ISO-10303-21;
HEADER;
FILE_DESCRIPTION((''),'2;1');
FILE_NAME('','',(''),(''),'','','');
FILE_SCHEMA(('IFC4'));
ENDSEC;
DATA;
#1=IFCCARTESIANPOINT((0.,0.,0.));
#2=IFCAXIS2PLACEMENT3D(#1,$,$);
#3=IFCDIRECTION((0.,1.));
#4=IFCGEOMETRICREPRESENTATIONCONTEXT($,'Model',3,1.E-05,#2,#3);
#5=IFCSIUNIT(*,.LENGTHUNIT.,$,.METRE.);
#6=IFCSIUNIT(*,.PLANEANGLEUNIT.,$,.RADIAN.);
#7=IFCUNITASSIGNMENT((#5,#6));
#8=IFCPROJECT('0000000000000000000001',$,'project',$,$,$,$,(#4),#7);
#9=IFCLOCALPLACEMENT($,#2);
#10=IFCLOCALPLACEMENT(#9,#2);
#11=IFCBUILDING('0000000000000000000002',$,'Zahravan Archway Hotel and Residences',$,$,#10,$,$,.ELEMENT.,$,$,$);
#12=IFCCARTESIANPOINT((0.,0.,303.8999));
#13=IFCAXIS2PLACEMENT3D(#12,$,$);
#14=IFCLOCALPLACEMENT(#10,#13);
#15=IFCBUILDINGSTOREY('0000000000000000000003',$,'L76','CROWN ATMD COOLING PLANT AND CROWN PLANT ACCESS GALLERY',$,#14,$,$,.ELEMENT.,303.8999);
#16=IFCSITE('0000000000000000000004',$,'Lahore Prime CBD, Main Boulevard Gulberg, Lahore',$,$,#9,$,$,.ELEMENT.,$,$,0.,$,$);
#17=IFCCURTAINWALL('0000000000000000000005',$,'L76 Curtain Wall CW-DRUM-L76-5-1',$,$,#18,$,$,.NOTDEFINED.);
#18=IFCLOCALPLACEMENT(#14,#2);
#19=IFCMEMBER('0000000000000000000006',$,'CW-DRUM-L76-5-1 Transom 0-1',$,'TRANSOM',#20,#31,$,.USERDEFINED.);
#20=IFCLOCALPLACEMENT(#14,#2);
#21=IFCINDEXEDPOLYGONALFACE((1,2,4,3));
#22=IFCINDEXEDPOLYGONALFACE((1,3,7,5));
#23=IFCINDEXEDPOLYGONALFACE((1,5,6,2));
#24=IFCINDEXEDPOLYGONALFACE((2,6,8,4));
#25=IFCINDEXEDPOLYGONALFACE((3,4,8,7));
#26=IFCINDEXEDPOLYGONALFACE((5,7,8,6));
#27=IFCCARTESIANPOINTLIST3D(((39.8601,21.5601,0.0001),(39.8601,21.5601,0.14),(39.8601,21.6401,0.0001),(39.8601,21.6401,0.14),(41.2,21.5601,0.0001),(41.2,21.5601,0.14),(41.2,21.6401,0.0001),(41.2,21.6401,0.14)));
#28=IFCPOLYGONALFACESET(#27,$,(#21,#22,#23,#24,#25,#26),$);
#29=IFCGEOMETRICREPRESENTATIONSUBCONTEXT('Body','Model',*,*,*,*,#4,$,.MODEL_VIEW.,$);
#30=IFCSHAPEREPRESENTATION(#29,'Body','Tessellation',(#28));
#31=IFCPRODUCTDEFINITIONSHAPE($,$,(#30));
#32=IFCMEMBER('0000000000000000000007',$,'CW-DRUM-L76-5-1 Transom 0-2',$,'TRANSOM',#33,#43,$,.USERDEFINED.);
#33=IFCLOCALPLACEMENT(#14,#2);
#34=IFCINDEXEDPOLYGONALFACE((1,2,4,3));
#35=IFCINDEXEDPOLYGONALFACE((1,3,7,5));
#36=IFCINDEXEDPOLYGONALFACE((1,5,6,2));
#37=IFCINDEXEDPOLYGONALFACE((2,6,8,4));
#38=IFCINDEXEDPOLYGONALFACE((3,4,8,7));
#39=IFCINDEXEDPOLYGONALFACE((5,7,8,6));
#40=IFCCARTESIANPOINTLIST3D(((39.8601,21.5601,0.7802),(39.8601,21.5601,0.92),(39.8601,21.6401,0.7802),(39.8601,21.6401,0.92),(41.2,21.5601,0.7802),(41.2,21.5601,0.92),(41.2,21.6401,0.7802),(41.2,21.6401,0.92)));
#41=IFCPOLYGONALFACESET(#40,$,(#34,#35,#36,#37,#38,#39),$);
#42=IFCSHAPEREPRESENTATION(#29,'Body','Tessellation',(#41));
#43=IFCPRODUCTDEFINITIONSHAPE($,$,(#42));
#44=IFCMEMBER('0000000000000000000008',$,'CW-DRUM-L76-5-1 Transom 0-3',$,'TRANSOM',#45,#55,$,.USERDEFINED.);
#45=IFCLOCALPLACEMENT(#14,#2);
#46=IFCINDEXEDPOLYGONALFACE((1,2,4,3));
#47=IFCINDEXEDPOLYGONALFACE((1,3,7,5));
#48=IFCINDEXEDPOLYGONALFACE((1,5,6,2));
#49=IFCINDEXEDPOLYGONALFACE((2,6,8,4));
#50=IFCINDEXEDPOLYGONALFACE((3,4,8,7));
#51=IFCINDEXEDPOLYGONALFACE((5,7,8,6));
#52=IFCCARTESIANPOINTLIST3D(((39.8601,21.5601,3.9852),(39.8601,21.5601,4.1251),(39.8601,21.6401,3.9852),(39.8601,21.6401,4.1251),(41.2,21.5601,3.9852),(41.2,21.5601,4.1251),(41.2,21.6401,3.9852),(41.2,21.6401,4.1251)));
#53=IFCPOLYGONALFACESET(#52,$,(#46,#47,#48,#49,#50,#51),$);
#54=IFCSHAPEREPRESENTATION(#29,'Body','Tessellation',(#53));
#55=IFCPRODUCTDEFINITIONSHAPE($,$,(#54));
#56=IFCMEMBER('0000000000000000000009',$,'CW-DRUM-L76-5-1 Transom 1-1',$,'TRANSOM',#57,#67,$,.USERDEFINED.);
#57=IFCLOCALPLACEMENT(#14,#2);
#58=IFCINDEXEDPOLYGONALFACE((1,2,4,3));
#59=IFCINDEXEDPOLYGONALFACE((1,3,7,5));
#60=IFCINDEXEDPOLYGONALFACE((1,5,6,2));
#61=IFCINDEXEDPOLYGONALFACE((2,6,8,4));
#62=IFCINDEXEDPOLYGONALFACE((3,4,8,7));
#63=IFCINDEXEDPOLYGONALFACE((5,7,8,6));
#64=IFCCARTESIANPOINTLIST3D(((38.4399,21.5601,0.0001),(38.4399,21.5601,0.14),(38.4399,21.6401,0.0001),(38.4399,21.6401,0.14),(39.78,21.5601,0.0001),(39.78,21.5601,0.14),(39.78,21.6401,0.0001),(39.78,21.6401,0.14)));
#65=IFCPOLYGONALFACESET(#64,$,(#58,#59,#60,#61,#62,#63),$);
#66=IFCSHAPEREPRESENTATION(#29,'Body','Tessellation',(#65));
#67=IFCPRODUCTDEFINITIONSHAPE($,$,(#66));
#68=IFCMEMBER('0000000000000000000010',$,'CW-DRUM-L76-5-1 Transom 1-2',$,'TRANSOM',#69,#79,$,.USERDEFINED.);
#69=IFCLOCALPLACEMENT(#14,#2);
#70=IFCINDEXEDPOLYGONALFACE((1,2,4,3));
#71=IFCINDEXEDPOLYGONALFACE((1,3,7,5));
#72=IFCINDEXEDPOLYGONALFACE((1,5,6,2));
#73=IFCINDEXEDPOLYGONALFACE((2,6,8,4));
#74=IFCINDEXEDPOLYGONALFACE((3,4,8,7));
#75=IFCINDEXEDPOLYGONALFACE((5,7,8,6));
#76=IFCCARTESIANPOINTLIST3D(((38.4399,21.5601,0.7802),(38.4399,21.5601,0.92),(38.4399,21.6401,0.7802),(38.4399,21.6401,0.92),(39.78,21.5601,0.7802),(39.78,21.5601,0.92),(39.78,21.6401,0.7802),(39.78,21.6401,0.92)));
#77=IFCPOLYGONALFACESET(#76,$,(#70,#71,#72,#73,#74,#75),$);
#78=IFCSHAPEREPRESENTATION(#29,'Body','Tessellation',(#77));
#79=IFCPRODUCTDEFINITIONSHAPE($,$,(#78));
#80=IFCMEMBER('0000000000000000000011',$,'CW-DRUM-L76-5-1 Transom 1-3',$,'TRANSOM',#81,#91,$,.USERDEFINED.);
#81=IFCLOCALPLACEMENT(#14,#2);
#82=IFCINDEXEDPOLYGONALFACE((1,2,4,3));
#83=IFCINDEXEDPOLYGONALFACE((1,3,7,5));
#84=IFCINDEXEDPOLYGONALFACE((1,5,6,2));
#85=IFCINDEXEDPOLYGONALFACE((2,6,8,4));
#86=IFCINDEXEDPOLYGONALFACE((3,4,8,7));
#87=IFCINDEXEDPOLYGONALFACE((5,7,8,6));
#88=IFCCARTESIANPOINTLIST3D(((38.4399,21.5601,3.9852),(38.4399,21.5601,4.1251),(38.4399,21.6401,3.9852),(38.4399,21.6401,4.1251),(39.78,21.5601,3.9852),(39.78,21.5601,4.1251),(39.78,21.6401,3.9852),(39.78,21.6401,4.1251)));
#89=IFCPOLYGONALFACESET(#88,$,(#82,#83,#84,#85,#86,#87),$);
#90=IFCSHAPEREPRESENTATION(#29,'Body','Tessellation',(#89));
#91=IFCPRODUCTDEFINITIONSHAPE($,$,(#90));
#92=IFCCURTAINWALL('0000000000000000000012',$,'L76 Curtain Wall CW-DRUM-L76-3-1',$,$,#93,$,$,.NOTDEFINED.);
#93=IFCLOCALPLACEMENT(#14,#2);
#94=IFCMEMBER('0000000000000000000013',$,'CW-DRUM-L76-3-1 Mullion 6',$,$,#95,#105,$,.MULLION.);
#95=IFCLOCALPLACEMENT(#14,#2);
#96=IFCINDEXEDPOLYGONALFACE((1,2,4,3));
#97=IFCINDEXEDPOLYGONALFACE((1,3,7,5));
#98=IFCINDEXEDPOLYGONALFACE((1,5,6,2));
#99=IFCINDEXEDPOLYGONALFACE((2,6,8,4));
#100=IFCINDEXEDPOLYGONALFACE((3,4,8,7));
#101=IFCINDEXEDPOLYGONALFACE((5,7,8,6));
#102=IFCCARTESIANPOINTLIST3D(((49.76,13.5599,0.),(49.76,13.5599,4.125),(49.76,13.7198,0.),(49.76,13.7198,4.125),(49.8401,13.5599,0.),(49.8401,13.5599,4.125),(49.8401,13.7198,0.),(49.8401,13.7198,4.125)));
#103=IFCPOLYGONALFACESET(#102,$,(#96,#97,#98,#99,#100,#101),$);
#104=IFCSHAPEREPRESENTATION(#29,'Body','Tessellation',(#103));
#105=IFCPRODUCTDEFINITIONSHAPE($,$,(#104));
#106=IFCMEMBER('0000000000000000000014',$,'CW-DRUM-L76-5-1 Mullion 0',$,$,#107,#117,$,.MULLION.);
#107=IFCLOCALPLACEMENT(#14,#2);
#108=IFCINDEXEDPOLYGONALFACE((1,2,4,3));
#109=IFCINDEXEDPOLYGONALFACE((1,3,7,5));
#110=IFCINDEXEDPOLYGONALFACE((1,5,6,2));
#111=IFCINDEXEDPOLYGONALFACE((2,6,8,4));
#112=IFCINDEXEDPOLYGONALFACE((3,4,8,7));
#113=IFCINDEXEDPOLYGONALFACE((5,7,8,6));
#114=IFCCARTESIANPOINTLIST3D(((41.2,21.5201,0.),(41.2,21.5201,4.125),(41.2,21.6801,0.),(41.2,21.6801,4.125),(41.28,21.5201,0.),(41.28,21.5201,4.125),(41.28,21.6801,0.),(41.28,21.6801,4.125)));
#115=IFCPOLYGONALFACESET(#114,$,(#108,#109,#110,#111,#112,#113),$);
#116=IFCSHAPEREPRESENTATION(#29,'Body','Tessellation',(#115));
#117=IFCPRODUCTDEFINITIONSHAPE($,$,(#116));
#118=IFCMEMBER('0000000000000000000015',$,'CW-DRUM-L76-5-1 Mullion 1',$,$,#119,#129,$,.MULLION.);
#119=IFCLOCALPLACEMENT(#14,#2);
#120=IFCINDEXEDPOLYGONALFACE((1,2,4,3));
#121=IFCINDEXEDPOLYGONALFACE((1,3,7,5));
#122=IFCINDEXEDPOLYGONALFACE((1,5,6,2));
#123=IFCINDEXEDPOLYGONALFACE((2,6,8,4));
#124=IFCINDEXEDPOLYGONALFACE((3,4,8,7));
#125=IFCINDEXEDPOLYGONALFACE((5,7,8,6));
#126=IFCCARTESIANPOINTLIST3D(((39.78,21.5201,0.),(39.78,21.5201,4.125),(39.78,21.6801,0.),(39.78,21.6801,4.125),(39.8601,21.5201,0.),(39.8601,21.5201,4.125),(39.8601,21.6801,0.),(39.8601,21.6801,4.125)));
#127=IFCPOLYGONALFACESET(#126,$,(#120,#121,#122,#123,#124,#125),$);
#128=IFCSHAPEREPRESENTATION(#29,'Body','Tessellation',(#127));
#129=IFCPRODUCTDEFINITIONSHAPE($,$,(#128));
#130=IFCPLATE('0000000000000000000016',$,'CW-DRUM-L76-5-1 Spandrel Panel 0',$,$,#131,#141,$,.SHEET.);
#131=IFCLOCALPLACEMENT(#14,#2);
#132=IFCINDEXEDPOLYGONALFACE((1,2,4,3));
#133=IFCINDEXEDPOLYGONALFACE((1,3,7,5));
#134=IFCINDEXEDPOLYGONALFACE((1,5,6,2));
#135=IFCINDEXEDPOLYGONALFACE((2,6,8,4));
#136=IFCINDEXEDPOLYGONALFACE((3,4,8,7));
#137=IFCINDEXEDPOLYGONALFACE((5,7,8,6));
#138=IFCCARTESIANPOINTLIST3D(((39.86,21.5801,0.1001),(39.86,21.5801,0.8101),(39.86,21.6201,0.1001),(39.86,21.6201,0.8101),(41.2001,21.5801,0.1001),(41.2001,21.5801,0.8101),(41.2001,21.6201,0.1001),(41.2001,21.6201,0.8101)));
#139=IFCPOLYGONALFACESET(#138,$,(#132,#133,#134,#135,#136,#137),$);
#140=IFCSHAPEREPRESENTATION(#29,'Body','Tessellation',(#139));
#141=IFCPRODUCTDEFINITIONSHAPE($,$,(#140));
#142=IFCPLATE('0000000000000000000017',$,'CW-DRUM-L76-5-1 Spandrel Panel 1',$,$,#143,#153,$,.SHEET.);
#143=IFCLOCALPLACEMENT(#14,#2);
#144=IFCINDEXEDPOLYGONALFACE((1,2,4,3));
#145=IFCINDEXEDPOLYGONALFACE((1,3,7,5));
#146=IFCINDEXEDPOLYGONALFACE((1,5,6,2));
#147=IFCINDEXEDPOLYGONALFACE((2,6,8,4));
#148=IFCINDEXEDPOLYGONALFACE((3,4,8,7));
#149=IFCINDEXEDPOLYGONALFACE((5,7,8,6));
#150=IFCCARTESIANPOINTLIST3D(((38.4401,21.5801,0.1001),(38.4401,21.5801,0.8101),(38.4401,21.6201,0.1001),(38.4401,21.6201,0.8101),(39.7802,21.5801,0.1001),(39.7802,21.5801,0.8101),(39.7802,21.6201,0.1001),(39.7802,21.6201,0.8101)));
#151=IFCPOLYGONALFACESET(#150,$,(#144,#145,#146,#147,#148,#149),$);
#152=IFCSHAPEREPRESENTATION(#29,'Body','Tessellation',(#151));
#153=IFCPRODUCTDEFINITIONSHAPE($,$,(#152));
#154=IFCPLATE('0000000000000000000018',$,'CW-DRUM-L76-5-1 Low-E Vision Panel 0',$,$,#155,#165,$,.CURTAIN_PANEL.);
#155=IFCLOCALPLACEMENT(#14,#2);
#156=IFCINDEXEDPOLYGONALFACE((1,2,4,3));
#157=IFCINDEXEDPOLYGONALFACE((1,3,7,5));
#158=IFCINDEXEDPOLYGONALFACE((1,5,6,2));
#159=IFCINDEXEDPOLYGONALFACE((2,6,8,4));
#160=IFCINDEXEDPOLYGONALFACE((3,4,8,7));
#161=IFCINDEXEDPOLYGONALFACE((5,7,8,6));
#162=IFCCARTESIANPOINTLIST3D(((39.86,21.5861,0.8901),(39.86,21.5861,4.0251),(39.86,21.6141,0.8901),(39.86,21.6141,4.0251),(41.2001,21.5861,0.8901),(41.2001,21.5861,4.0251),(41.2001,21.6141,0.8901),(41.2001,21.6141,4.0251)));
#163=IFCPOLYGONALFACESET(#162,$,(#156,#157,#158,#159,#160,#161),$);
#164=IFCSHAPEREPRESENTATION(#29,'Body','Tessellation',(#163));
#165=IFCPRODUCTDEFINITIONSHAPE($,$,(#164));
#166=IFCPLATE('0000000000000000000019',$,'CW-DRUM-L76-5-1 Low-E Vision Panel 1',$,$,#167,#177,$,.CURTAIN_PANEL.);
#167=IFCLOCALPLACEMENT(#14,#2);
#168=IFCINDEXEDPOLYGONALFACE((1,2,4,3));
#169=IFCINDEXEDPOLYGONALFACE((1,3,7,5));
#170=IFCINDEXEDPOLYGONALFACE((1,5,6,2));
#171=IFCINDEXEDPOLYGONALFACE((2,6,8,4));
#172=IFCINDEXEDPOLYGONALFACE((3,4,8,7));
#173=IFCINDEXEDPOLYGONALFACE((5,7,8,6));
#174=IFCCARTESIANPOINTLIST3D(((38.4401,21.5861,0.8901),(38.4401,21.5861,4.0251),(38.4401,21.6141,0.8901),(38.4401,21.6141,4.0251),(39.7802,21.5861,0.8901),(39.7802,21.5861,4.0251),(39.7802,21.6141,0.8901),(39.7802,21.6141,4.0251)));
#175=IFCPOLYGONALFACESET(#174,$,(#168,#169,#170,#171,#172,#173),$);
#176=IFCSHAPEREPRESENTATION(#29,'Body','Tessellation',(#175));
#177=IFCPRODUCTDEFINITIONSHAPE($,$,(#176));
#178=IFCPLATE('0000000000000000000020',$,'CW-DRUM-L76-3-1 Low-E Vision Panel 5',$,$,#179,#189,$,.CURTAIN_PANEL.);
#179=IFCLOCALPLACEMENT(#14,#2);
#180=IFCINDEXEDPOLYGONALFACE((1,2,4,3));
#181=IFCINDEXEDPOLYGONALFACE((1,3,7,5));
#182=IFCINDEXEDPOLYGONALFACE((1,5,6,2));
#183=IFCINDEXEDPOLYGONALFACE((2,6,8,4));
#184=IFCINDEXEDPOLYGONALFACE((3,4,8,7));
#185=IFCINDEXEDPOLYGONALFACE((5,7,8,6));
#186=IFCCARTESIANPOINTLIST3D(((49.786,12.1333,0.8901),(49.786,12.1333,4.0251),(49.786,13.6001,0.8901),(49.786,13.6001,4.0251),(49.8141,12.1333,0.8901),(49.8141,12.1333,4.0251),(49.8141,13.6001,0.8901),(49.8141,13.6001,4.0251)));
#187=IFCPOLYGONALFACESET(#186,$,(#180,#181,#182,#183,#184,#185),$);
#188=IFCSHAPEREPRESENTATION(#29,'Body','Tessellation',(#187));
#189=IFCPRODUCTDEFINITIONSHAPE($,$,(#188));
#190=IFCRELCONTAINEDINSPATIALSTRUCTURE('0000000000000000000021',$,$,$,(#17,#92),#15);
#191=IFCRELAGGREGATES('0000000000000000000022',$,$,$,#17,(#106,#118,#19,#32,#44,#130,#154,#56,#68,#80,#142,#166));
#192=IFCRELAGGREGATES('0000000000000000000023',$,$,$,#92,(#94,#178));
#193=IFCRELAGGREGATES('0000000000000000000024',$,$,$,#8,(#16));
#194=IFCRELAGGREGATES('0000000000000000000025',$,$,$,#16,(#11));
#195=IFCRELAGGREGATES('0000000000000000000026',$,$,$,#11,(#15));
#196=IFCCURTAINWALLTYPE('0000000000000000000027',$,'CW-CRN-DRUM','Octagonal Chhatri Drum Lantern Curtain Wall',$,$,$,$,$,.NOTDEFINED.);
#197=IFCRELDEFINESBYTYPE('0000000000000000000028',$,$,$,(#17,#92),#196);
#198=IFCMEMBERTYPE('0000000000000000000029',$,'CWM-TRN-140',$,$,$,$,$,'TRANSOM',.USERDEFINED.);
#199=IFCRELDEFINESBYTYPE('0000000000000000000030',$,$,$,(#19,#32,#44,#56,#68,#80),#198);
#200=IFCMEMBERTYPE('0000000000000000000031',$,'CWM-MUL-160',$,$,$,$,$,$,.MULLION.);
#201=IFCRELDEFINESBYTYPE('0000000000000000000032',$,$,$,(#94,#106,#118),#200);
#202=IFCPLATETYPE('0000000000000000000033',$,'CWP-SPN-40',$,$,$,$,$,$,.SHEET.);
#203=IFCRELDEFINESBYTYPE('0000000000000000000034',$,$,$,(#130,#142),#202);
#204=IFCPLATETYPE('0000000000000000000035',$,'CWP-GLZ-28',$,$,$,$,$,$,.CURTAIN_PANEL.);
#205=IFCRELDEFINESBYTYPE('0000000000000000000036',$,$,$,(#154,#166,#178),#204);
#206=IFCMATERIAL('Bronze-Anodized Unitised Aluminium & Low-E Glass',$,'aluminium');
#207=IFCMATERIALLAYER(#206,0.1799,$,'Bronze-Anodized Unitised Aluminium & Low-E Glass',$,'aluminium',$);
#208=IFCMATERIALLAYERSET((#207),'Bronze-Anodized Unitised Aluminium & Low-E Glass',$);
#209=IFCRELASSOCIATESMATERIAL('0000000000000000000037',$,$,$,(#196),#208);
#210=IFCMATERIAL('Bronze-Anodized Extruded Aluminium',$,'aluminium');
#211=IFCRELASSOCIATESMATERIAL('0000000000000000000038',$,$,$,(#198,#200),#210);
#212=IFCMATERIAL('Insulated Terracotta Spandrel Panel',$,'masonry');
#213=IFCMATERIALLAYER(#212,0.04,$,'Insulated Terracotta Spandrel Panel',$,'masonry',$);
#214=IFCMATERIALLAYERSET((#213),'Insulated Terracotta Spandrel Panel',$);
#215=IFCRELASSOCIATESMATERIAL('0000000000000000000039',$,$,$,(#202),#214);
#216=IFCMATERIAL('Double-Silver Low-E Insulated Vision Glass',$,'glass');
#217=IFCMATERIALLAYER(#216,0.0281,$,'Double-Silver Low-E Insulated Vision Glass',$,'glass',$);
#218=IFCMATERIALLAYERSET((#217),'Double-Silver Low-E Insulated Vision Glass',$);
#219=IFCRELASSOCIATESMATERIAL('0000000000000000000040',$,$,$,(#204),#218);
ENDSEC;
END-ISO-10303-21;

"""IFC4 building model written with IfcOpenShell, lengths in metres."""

from ifc_helpers import new_model, si_unit, direction, frame, origin, origin_2d, place, context, subcontext, project, spatial, rectangle, extrude, source, transform, mapped, material, layer, layer_set, material_profile, profile_set, type_object, element, aggregate, save


model = new_model("IFC4")

# Units and contexts
model_context = context("Model", 3, precision=1e-05, world=origin(), true_north=direction((0.0, 1.0)))
body_context = subcontext(model_context, "Body", "Model", "MODEL_VIEW")
ifc_project = project(units=[si_unit("LENGTHUNIT", "METRE"), si_unit("PLANEANGLEUNIT", "RADIAN")], contexts=[model_context])

# Site, building, storey
site_placement = place(None, origin())
site = spatial("IfcSite", under=ifc_project, at=site_placement, Name="Lahore Prime CBD, Main Boulevard Gulberg, Lahore", CompositionType="ELEMENT", RefElevation=0.0)
building_placement = place(site_placement, origin())
building = spatial("IfcBuilding", under=site, at=building_placement, Name="Zahravan Archway Hotel and Residences", CompositionType="ELEMENT")
storey_placement = place(building_placement, frame((0.0, 0.0, 303.8999)))
storey = spatial("IfcBuildingStorey", under=building, at=storey_placement, Name="L76", Description="CROWN ATMD COOLING PLANT AND CROWN PLANT ACCESS GALLERY", CompositionType="ELEMENT", Elevation=303.8999)

# Curtain wall, members
ifc_material_1 = material(Name="Bronze-Anodized Unitised Aluminium & Low-E Glass", Category="aluminium")
ifc_layer_1 = layer(ifc_material_1, 0.1799, Name="Bronze-Anodized Unitised Aluminium & Low-E Glass", Category="aluminium")
ifc_layer_set_1 = layer_set([ifc_layer_1], Name="Bronze-Anodized Unitised Aluminium & Low-E Glass")
curtain_wall_type = type_object("IfcCurtainWallType", Name="CW-CRN-DRUM", Description="Octagonal Chhatri Drum Lantern Curtain Wall", PredefinedType="NOTDEFINED", material=ifc_layer_set_1)
curtain_wall_1_placement = place(storey_placement, origin())
curtain_wall_1 = element("IfcCurtainWall", 1, at=curtain_wall_1_placement, inside=storey, type_object=curtain_wall_type, Name="L76 Curtain Wall CW-DRUM-L76-5-1", PredefinedType="NOTDEFINED")
ifc_material_2 = material(Name="Bronze-Anodized Extruded Aluminium", Category="aluminium")
ifc_material_profile_1 = material_profile(ifc_material_2, rectangle(XDim=0.0801, YDim=0.1399, at=origin_2d()), Name="TRN 80x140", Category="aluminium")
ifc_profile_set_1 = profile_set([ifc_material_profile_1], Name="Bronze-Anodized Extruded Aluminium")
member_type_1 = type_object("IfcMemberType", Name="CWM-TRN-140", ElementType="TRANSOM", PredefinedType="USERDEFINED", material=ifc_profile_set_1)
shared_shape_1 = source(origin(), body_context, "Body", "SweptSolid", [
    extrude(rectangle(XDim=0.0801, YDim=0.1399, at=origin_2d()), origin(), (0.0, 0.0, 1.0), 1.3398),
])
member_1_placement = place(storey_placement, frame((41.2, 21.6001, 0.0701), z_axis=(-1.0, 0.0, 0.0), x_axis=(0.0, -1.0, 0.0)))
member_1 = element("IfcMember", 2, at=member_1_placement, type_object=member_type_1, Name="CW-DRUM-L76-5-1 Transom 0-1", ObjectType="TRANSOM", PredefinedType="USERDEFINED", context=body_context, shape_type="MappedRepresentation", body=[
    mapped(shared_shape_1, transform((0.0, 0.0, 0.0), scale=1.0)),
])
member_2_placement = place(storey_placement, frame((41.2, 21.6001, 0.8501), z_axis=(-1.0, 0.0, 0.0), x_axis=(0.0, -1.0, 0.0)))
member_2 = element("IfcMember", 3, at=member_2_placement, type_object=member_type_1, Name="CW-DRUM-L76-5-1 Transom 0-2", ObjectType="TRANSOM", PredefinedType="USERDEFINED", context=body_context, shape_type="MappedRepresentation", body=[
    mapped(shared_shape_1, transform((0.0, 0.0, 0.0), scale=1.0)),
])
member_3_placement = place(storey_placement, frame((41.2, 21.6001, 4.0552), z_axis=(-1.0, 0.0, 0.0), x_axis=(0.0, -1.0, 0.0)))
member_3 = element("IfcMember", 4, at=member_3_placement, type_object=member_type_1, Name="CW-DRUM-L76-5-1 Transom 0-3", ObjectType="TRANSOM", PredefinedType="USERDEFINED", context=body_context, shape_type="MappedRepresentation", body=[
    mapped(shared_shape_1, transform((0.0, 0.0, 0.0), scale=1.0)),
])
shared_shape_2 = source(origin(), body_context, "Body", "SweptSolid", [
    extrude(rectangle(XDim=0.0801, YDim=0.1399, at=origin_2d()), origin(), (0.0, 0.0, 1.0), 1.3401),
])
member_4_placement = place(storey_placement, frame((39.78, 21.6001, 0.0701), z_axis=(-1.0, 0.0, 0.0), x_axis=(0.0, -1.0, 0.0)))
member_4 = element("IfcMember", 5, at=member_4_placement, type_object=member_type_1, Name="CW-DRUM-L76-5-1 Transom 1-1", ObjectType="TRANSOM", PredefinedType="USERDEFINED", context=body_context, shape_type="MappedRepresentation", body=[
    mapped(shared_shape_2, transform((0.0, 0.0, 0.0), scale=1.0)),
])
member_5_placement = place(storey_placement, frame((39.78, 21.6001, 0.8501), z_axis=(-1.0, 0.0, 0.0), x_axis=(0.0, -1.0, 0.0)))
member_5 = element("IfcMember", 6, at=member_5_placement, type_object=member_type_1, Name="CW-DRUM-L76-5-1 Transom 1-2", ObjectType="TRANSOM", PredefinedType="USERDEFINED", context=body_context, shape_type="MappedRepresentation", body=[
    mapped(shared_shape_2, transform((0.0, 0.0, 0.0), scale=1.0)),
])
member_6_placement = place(storey_placement, frame((39.78, 21.6001, 4.0552), z_axis=(-1.0, 0.0, 0.0), x_axis=(0.0, -1.0, 0.0)))
member_6 = element("IfcMember", 7, at=member_6_placement, type_object=member_type_1, Name="CW-DRUM-L76-5-1 Transom 1-3", ObjectType="TRANSOM", PredefinedType="USERDEFINED", context=body_context, shape_type="MappedRepresentation", body=[
    mapped(shared_shape_2, transform((0.0, 0.0, 0.0), scale=1.0)),
])

# Curtain wall, member
curtain_wall_2_placement = place(storey_placement, origin())
curtain_wall_2 = element("IfcCurtainWall", 8, at=curtain_wall_2_placement, inside=storey, type_object=curtain_wall_type, Name="L76 Curtain Wall CW-DRUM-L76-3-1", PredefinedType="NOTDEFINED")
ifc_material_profile_2 = material_profile(ifc_material_2, rectangle(XDim=0.0801, YDim=0.1599, at=origin_2d()), Name="MUL 80x160", Category="aluminium")
ifc_profile_set_2 = profile_set([ifc_material_profile_2], Name="Bronze-Anodized Extruded Aluminium")
member_type_2 = type_object("IfcMemberType", Name="CWM-MUL-160", PredefinedType="MULLION", material=ifc_profile_set_2)
shared_shape_3 = source(origin(), body_context, "Body", "SweptSolid", [
    extrude(rectangle(XDim=0.0801, YDim=0.1599, at=origin_2d()), origin(), (0.0, 0.0, 1.0), 4.125),
])
member_7_placement = place(storey_placement, frame((49.8, 13.6399, 0.0), z_axis=(0.0, 0.0, 1.0), x_axis=(1.0, 0.0, 0.0)))
member_7 = element("IfcMember", 9, at=member_7_placement, type_object=member_type_2, Name="CW-DRUM-L76-3-1 Mullion 6", PredefinedType="MULLION", context=body_context, shape_type="MappedRepresentation", body=[
    mapped(shared_shape_3, transform((0.0, 0.0, 0.0), scale=1.0)),
])

# Members
member_8_placement = place(storey_placement, frame((41.24, 21.6001, 0.0), z_axis=(0.0, 0.0, 1.0), x_axis=(1.0, 0.0, 0.0)))
member_8 = element("IfcMember", 10, at=member_8_placement, type_object=member_type_2, Name="CW-DRUM-L76-5-1 Mullion 0", PredefinedType="MULLION", context=body_context, shape_type="MappedRepresentation", body=[
    mapped(shared_shape_3, transform((0.0, 0.0, 0.0), scale=1.0)),
])
member_9_placement = place(storey_placement, frame((39.8201, 21.6001, 0.0), z_axis=(0.0, 0.0, 1.0), x_axis=(1.0, 0.0, 0.0)))
member_9 = element("IfcMember", 11, at=member_9_placement, type_object=member_type_2, Name="CW-DRUM-L76-5-1 Mullion 1", PredefinedType="MULLION", context=body_context, shape_type="MappedRepresentation", body=[
    mapped(shared_shape_3, transform((0.0, 0.0, 0.0), scale=1.0)),
])

# Plates
ifc_material_3 = material(Name="Insulated Terracotta Spandrel Panel", Category="masonry")
ifc_layer_2 = layer(ifc_material_3, 0.04, Name="Insulated Terracotta Spandrel Panel", Category="masonry")
ifc_layer_set_2 = layer_set([ifc_layer_2], Name="Insulated Terracotta Spandrel Panel")
plate_type_1 = type_object("IfcPlateType", Name="CWP-SPN-40", PredefinedType="SHEET", material=ifc_layer_set_2)
shared_shape_4 = source(origin(), body_context, "Body", "SweptSolid", [
    extrude(rectangle(XDim=1.3401, YDim=0.04, at=origin_2d()), origin(), (0.0, 0.0, 1.0), 0.71),
])
plate_1_placement = place(storey_placement, frame((40.53, 21.6001, 0.1001), z_axis=(0.0, 0.0, 1.0), x_axis=(-1.0, 0.0, 0.0)))
plate_1 = element("IfcPlate", 12, at=plate_1_placement, type_object=plate_type_1, Name="CW-DRUM-L76-5-1 Spandrel Panel 0", PredefinedType="SHEET", context=body_context, shape_type="MappedRepresentation", body=[
    mapped(shared_shape_4, transform((0.0, 0.0, 0.0), scale=1.0)),
])
plate_2_placement = place(storey_placement, frame((39.1101, 21.6001, 0.1001), z_axis=(0.0, 0.0, 1.0), x_axis=(-1.0, 0.0, 0.0)))
plate_2 = element("IfcPlate", 13, at=plate_2_placement, type_object=plate_type_1, Name="CW-DRUM-L76-5-1 Spandrel Panel 1", PredefinedType="SHEET", context=body_context, shape_type="MappedRepresentation", body=[
    mapped(shared_shape_4, transform((0.0, 0.0, 0.0), scale=1.0)),
])
ifc_material_4 = material(Name="Double-Silver Low-E Insulated Vision Glass", Category="glass")
ifc_layer_3 = layer(ifc_material_4, 0.0281, Name="Double-Silver Low-E Insulated Vision Glass", Category="glass")
ifc_layer_set_3 = layer_set([ifc_layer_3], Name="Double-Silver Low-E Insulated Vision Glass")
plate_type_2 = type_object("IfcPlateType", Name="CWP-GLZ-28", PredefinedType="CURTAIN_PANEL", material=ifc_layer_set_3)
shared_shape_5 = source(origin(), body_context, "Body", "SweptSolid", [
    extrude(rectangle(XDim=1.3401, YDim=0.0281, at=origin_2d()), origin(), (0.0, 0.0, 1.0), 3.135),
])
plate_3_placement = place(storey_placement, frame((40.53, 21.6001, 0.8901), z_axis=(0.0, 0.0, 1.0), x_axis=(-1.0, 0.0, 0.0)))
plate_3 = element("IfcPlate", 14, at=plate_3_placement, type_object=plate_type_2, Name="CW-DRUM-L76-5-1 Low-E Vision Panel 0", PredefinedType="CURTAIN_PANEL", context=body_context, shape_type="MappedRepresentation", body=[
    mapped(shared_shape_5, transform((0.0, 0.0, 0.0), scale=1.0)),
])
plate_4_placement = place(storey_placement, frame((39.1101, 21.6001, 0.8901), z_axis=(0.0, 0.0, 1.0), x_axis=(-1.0, 0.0, 0.0)))
plate_4 = element("IfcPlate", 15, at=plate_4_placement, type_object=plate_type_2, Name="CW-DRUM-L76-5-1 Low-E Vision Panel 1", PredefinedType="CURTAIN_PANEL", context=body_context, shape_type="MappedRepresentation", body=[
    mapped(shared_shape_5, transform((0.0, 0.0, 0.0), scale=1.0)),
])
aggregate(curtain_wall_1, [member_8, member_9, member_1, member_2, member_3, plate_1, plate_3, member_4, member_5, member_6, plate_2, plate_4])
shared_shape_6 = source(origin(), body_context, "Body", "SweptSolid", [
    extrude(rectangle(XDim=1.4668, YDim=0.0281, at=origin_2d()), origin(), (0.0, 0.0, 1.0), 3.135),
])
plate_5_placement = place(storey_placement, frame((49.8, 12.8667, 0.8901), z_axis=(0.0, 0.0, 1.0), x_axis=(0.0, 1.0, 0.0)))
plate_5 = element("IfcPlate", 16, at=plate_5_placement, type_object=plate_type_2, Name="CW-DRUM-L76-3-1 Low-E Vision Panel 5", PredefinedType="CURTAIN_PANEL", context=body_context, shape_type="MappedRepresentation", body=[
    mapped(shared_shape_6, transform((0.0, 0.0, 0.0), scale=1.0)),
])
aggregate(curtain_wall_2, [member_7, plate_5])

save(model, "model.ifc")
